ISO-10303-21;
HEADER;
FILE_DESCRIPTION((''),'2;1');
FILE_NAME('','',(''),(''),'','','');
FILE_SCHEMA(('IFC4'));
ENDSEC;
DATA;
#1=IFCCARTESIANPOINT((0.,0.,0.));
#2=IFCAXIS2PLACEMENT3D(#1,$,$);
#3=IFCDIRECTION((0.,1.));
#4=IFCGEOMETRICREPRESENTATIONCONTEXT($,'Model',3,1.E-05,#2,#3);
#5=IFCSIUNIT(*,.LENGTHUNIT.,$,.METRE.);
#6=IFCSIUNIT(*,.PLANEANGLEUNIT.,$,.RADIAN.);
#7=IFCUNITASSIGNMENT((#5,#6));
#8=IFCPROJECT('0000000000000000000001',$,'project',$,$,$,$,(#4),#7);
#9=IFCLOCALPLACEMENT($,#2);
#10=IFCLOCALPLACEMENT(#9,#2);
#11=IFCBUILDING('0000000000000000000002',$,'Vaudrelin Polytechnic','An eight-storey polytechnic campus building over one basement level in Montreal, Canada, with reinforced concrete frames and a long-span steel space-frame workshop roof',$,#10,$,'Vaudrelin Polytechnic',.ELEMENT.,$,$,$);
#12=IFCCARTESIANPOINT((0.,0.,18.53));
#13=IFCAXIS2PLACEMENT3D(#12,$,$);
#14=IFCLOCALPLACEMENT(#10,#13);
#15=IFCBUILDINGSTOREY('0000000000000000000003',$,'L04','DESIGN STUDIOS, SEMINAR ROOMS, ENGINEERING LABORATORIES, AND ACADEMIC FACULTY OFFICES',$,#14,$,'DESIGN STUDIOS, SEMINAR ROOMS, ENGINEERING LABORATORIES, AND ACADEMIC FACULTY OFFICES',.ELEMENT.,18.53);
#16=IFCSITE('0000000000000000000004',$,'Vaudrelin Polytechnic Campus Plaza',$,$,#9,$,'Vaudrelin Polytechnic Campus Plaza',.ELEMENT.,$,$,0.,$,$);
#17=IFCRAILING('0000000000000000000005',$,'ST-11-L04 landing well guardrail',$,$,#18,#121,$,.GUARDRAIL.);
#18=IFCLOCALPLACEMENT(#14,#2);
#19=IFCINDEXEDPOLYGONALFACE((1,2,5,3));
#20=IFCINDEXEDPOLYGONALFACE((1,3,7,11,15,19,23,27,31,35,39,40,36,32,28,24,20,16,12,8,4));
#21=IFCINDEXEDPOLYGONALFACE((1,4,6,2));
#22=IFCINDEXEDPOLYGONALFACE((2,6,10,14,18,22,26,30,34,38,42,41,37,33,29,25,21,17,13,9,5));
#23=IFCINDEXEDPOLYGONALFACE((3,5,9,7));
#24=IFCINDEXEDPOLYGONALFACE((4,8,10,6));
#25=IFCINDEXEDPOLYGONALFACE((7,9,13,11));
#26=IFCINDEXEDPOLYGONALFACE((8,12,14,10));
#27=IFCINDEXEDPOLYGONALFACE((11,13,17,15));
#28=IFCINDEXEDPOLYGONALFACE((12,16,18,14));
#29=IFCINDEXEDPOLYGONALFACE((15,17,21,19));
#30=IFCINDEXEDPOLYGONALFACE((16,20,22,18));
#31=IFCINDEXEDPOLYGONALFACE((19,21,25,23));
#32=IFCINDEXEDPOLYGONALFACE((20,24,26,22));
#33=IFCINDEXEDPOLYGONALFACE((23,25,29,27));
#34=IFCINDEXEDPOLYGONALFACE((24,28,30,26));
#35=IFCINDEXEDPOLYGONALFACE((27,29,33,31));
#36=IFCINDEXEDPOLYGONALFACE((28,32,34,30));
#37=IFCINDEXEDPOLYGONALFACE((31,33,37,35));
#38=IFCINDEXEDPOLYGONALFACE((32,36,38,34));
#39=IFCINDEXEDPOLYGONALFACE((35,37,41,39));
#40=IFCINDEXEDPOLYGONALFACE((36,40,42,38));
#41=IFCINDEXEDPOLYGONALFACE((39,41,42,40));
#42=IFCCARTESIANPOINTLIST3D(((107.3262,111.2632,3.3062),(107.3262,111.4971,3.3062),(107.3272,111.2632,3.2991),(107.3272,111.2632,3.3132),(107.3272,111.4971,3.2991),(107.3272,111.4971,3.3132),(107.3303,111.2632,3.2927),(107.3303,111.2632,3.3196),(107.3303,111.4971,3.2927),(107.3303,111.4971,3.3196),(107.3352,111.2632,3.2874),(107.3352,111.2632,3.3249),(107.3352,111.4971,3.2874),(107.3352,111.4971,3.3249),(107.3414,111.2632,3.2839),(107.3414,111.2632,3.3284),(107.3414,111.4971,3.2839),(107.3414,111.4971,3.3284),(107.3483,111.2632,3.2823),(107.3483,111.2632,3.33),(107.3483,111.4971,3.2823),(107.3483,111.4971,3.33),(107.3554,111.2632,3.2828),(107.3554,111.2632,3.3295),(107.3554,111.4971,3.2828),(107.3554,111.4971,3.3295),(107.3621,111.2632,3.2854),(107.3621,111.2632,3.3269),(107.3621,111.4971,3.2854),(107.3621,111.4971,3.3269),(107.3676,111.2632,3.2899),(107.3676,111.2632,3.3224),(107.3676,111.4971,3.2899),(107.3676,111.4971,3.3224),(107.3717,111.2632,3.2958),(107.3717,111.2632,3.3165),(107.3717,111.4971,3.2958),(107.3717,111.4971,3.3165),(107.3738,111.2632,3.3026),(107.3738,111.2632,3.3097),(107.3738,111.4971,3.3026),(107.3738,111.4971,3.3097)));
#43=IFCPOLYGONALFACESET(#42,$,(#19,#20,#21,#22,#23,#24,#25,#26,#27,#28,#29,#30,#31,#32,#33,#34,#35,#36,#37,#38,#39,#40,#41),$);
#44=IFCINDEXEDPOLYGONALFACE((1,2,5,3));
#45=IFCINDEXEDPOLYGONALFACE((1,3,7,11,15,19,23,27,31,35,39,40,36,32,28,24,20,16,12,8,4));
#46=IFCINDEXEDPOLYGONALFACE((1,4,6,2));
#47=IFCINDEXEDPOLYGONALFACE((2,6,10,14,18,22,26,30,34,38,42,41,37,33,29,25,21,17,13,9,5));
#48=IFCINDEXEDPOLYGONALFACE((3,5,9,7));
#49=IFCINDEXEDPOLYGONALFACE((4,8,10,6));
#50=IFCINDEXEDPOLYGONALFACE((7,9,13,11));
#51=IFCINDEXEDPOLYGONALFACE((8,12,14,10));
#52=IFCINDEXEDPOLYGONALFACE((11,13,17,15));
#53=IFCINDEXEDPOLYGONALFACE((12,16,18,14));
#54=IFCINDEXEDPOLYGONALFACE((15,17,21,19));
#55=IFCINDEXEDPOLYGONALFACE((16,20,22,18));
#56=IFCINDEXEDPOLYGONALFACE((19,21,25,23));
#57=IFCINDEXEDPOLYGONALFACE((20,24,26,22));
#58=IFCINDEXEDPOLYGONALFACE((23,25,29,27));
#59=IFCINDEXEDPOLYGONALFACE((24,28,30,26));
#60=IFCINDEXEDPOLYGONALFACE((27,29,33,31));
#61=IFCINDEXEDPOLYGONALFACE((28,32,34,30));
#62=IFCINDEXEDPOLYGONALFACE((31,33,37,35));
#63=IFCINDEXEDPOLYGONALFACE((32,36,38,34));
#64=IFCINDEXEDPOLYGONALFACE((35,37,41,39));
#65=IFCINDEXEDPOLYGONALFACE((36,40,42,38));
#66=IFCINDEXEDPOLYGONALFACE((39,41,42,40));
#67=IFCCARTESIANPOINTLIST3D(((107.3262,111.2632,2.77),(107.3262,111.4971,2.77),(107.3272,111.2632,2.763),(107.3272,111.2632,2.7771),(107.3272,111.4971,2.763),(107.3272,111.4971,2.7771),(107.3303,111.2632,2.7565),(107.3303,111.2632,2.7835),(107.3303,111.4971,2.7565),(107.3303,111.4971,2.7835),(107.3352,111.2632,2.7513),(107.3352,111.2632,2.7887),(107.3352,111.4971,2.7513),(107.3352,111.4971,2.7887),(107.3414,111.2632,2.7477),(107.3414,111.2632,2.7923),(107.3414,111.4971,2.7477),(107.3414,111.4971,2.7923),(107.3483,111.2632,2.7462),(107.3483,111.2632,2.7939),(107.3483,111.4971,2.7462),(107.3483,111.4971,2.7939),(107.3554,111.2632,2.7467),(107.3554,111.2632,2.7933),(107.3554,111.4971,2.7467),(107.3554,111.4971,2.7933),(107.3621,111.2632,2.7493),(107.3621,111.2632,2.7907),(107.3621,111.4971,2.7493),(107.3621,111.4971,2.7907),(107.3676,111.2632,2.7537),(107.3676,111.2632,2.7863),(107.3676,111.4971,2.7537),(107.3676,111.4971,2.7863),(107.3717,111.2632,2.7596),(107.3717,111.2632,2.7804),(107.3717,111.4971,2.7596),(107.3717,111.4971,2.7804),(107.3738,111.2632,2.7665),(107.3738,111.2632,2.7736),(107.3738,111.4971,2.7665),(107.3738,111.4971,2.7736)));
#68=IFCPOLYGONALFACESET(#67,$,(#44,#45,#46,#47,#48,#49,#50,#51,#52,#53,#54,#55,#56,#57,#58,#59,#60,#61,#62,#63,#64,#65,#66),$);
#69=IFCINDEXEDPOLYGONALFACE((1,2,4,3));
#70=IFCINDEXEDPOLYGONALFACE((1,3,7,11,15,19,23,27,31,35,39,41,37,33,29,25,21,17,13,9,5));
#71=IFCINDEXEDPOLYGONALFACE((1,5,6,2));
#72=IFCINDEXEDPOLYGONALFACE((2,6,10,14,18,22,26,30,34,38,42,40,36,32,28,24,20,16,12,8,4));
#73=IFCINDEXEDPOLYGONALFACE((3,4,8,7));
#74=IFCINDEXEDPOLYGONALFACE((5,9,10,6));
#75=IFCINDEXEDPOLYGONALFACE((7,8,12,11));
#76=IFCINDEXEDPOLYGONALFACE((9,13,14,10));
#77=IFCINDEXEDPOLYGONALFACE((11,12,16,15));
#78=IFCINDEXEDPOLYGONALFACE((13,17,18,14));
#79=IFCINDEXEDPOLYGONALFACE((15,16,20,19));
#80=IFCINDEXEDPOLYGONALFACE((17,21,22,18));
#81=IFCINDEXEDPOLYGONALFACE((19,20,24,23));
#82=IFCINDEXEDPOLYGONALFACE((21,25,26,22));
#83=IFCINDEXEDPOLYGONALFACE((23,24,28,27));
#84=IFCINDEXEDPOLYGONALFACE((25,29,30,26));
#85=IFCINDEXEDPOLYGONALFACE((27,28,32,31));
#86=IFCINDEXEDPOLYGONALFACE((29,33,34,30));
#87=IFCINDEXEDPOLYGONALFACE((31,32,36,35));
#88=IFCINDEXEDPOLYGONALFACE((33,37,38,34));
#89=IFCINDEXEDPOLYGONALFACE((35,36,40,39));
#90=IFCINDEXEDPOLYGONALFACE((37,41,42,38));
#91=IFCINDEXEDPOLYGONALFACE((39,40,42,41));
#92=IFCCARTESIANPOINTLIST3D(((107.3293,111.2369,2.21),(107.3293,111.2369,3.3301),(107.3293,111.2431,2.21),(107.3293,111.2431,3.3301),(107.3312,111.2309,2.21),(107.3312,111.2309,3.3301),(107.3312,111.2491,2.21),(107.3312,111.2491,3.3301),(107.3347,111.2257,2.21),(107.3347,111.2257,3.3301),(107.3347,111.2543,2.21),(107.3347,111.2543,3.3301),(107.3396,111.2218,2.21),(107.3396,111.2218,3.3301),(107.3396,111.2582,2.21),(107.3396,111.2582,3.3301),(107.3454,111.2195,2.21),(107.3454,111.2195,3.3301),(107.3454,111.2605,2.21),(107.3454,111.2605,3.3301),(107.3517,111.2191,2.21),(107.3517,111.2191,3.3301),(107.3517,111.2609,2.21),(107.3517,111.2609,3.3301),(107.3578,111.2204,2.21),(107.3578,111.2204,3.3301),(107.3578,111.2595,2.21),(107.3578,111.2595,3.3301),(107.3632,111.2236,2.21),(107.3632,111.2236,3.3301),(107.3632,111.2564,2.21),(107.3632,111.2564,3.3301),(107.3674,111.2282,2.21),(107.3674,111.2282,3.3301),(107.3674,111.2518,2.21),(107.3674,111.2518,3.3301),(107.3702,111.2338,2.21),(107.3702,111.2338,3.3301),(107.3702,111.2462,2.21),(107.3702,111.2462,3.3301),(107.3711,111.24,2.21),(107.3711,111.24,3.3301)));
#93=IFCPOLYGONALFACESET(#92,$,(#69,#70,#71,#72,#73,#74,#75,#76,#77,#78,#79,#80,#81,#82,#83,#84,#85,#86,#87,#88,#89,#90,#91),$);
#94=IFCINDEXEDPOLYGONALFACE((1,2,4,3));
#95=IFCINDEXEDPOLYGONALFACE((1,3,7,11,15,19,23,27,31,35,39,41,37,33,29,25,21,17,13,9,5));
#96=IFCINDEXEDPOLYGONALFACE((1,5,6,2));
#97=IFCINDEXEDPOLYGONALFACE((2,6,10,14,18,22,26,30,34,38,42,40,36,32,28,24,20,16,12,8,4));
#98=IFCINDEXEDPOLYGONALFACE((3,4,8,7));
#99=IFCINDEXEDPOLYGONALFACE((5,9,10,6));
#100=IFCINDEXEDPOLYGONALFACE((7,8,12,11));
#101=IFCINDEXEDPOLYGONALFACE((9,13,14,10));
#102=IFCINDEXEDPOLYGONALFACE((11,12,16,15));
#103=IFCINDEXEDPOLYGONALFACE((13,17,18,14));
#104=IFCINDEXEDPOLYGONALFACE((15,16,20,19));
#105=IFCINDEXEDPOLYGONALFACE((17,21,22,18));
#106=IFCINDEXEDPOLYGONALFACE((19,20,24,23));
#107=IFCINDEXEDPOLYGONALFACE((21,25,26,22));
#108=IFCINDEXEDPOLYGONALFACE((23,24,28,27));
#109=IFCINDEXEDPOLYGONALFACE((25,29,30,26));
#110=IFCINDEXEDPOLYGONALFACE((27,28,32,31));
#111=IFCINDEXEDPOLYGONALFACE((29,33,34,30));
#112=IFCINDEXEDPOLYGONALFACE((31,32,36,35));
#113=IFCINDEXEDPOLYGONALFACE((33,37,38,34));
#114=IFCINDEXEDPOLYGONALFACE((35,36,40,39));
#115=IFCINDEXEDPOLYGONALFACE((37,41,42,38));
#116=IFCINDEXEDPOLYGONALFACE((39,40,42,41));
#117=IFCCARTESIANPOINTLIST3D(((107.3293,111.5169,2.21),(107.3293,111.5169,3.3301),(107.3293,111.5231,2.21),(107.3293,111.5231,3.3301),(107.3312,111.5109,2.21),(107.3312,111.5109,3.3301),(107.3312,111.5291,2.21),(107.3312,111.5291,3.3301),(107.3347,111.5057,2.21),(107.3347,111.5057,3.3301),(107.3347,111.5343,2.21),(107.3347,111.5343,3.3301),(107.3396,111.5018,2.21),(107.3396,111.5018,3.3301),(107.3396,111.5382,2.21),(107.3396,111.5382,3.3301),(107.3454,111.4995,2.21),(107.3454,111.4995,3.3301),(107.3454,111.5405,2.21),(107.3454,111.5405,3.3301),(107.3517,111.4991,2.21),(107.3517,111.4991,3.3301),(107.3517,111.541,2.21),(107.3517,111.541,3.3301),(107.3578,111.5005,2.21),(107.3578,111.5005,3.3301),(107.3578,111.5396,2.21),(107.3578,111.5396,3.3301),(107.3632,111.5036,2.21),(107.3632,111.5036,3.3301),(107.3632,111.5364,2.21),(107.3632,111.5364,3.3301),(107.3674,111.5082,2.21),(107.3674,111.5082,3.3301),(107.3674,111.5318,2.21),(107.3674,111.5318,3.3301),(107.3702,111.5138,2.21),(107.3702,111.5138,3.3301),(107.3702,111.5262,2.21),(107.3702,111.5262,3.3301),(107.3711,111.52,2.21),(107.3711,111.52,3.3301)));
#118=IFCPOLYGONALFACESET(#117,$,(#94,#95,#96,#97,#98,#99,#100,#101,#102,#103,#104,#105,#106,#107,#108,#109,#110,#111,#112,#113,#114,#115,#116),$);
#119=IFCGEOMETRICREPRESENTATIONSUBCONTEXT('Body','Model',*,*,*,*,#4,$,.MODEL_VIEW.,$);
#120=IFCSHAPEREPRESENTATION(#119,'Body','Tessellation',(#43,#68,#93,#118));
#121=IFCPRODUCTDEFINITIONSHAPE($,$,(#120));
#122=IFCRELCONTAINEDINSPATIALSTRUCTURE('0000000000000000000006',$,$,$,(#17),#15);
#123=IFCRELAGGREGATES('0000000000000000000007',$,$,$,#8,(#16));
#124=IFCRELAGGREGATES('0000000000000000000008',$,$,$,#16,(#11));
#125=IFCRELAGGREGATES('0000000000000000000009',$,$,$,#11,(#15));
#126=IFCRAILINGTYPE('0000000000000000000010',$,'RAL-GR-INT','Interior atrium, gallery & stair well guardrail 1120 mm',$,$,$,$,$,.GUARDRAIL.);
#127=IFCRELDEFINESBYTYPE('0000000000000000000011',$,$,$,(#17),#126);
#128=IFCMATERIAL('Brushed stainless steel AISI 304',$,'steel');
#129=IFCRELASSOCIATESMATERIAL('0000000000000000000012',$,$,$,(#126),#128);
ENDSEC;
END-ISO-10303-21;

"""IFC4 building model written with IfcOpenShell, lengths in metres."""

from ifc_helpers import new_model, si_unit, direction, frame, origin, origin_2d, place, context, subcontext, project, spatial, circle, extrude, material, type_object, element, save


model = new_model("IFC4")

# Units and contexts
model_context = context("Model", 3, precision=1e-05, world=origin(), true_north=direction((0.0, 1.0)))
body_context = subcontext(model_context, "Body", "Model", "MODEL_VIEW")
ifc_project = project(units=[si_unit("LENGTHUNIT", "METRE"), si_unit("PLANEANGLEUNIT", "RADIAN")], contexts=[model_context])

# Site, building, storey
site_placement = place(None, origin())
site = spatial("IfcSite", under=ifc_project, at=site_placement, Name="Vaudrelin Polytechnic Campus Plaza", LongName="Vaudrelin Polytechnic Campus Plaza", CompositionType="ELEMENT", RefElevation=0.0)
building_placement = place(site_placement, origin())
building = spatial("IfcBuilding", under=site, at=building_placement, Name="Vaudrelin Polytechnic", Description="An eight-storey polytechnic campus building over one basement level in Montreal, Canada, with reinforced concrete frames and a long-span steel space-frame workshop roof", LongName="Vaudrelin Polytechnic", CompositionType="ELEMENT")
storey_placement = place(building_placement, frame((0.0, 0.0, 18.53)))
storey = spatial("IfcBuildingStorey", under=building, at=storey_placement, Name="L04", Description="DESIGN STUDIOS, SEMINAR ROOMS, ENGINEERING LABORATORIES, AND ACADEMIC FACULTY OFFICES", LongName="DESIGN STUDIOS, SEMINAR ROOMS, ENGINEERING LABORATORIES, AND ACADEMIC FACULTY OFFICES", CompositionType="ELEMENT", Elevation=18.53)

# Railing
ifc_material_1 = material(Name="Brushed stainless steel AISI 304", Category="steel")
railing_type_1 = type_object("IfcRailingType", Name="RAL-GR-INT", Description="Interior atrium, gallery & stair well guardrail 1120 mm", PredefinedType="GUARDRAIL", material=ifc_material_1)
railing_1_placement = place(storey_placement, frame((107.3501, 111.24, 2.21)))
element("IfcRailing", 1, at=railing_1_placement, inside=storey, type_object=railing_type_1, Name="ST-11-L04 landing well guardrail", PredefinedType="GUARDRAIL", context=body_context, shape_type="SweptSolid", body=[
    extrude(circle(Radius=0.0239, at=origin_2d()), frame((0.0, 0.0232, 1.0962), z_axis=(0.0, 1.0, 0.0), x_axis=(-1.0, 0.0, 0.0)), (0.0, 0.0, 1.0), 0.2339),
    extrude(circle(Radius=0.0239, at=origin_2d()), frame((0.0, 0.0232, 0.5601), z_axis=(0.0, 1.0, 0.0), x_axis=(-1.0, 0.0, 0.0)), (0.0, 0.0, 1.0), 0.2339),
    extrude(circle(Radius=0.021, at=origin_2d()), origin(), (0.0, 0.0, 1.0), 1.1201),
    extrude(circle(Radius=0.021, at=origin_2d()), frame((0.0, 0.28, 0.0)), (0.0, 0.0, 1.0), 1.1201),
])

save(model, "model.ifc")
